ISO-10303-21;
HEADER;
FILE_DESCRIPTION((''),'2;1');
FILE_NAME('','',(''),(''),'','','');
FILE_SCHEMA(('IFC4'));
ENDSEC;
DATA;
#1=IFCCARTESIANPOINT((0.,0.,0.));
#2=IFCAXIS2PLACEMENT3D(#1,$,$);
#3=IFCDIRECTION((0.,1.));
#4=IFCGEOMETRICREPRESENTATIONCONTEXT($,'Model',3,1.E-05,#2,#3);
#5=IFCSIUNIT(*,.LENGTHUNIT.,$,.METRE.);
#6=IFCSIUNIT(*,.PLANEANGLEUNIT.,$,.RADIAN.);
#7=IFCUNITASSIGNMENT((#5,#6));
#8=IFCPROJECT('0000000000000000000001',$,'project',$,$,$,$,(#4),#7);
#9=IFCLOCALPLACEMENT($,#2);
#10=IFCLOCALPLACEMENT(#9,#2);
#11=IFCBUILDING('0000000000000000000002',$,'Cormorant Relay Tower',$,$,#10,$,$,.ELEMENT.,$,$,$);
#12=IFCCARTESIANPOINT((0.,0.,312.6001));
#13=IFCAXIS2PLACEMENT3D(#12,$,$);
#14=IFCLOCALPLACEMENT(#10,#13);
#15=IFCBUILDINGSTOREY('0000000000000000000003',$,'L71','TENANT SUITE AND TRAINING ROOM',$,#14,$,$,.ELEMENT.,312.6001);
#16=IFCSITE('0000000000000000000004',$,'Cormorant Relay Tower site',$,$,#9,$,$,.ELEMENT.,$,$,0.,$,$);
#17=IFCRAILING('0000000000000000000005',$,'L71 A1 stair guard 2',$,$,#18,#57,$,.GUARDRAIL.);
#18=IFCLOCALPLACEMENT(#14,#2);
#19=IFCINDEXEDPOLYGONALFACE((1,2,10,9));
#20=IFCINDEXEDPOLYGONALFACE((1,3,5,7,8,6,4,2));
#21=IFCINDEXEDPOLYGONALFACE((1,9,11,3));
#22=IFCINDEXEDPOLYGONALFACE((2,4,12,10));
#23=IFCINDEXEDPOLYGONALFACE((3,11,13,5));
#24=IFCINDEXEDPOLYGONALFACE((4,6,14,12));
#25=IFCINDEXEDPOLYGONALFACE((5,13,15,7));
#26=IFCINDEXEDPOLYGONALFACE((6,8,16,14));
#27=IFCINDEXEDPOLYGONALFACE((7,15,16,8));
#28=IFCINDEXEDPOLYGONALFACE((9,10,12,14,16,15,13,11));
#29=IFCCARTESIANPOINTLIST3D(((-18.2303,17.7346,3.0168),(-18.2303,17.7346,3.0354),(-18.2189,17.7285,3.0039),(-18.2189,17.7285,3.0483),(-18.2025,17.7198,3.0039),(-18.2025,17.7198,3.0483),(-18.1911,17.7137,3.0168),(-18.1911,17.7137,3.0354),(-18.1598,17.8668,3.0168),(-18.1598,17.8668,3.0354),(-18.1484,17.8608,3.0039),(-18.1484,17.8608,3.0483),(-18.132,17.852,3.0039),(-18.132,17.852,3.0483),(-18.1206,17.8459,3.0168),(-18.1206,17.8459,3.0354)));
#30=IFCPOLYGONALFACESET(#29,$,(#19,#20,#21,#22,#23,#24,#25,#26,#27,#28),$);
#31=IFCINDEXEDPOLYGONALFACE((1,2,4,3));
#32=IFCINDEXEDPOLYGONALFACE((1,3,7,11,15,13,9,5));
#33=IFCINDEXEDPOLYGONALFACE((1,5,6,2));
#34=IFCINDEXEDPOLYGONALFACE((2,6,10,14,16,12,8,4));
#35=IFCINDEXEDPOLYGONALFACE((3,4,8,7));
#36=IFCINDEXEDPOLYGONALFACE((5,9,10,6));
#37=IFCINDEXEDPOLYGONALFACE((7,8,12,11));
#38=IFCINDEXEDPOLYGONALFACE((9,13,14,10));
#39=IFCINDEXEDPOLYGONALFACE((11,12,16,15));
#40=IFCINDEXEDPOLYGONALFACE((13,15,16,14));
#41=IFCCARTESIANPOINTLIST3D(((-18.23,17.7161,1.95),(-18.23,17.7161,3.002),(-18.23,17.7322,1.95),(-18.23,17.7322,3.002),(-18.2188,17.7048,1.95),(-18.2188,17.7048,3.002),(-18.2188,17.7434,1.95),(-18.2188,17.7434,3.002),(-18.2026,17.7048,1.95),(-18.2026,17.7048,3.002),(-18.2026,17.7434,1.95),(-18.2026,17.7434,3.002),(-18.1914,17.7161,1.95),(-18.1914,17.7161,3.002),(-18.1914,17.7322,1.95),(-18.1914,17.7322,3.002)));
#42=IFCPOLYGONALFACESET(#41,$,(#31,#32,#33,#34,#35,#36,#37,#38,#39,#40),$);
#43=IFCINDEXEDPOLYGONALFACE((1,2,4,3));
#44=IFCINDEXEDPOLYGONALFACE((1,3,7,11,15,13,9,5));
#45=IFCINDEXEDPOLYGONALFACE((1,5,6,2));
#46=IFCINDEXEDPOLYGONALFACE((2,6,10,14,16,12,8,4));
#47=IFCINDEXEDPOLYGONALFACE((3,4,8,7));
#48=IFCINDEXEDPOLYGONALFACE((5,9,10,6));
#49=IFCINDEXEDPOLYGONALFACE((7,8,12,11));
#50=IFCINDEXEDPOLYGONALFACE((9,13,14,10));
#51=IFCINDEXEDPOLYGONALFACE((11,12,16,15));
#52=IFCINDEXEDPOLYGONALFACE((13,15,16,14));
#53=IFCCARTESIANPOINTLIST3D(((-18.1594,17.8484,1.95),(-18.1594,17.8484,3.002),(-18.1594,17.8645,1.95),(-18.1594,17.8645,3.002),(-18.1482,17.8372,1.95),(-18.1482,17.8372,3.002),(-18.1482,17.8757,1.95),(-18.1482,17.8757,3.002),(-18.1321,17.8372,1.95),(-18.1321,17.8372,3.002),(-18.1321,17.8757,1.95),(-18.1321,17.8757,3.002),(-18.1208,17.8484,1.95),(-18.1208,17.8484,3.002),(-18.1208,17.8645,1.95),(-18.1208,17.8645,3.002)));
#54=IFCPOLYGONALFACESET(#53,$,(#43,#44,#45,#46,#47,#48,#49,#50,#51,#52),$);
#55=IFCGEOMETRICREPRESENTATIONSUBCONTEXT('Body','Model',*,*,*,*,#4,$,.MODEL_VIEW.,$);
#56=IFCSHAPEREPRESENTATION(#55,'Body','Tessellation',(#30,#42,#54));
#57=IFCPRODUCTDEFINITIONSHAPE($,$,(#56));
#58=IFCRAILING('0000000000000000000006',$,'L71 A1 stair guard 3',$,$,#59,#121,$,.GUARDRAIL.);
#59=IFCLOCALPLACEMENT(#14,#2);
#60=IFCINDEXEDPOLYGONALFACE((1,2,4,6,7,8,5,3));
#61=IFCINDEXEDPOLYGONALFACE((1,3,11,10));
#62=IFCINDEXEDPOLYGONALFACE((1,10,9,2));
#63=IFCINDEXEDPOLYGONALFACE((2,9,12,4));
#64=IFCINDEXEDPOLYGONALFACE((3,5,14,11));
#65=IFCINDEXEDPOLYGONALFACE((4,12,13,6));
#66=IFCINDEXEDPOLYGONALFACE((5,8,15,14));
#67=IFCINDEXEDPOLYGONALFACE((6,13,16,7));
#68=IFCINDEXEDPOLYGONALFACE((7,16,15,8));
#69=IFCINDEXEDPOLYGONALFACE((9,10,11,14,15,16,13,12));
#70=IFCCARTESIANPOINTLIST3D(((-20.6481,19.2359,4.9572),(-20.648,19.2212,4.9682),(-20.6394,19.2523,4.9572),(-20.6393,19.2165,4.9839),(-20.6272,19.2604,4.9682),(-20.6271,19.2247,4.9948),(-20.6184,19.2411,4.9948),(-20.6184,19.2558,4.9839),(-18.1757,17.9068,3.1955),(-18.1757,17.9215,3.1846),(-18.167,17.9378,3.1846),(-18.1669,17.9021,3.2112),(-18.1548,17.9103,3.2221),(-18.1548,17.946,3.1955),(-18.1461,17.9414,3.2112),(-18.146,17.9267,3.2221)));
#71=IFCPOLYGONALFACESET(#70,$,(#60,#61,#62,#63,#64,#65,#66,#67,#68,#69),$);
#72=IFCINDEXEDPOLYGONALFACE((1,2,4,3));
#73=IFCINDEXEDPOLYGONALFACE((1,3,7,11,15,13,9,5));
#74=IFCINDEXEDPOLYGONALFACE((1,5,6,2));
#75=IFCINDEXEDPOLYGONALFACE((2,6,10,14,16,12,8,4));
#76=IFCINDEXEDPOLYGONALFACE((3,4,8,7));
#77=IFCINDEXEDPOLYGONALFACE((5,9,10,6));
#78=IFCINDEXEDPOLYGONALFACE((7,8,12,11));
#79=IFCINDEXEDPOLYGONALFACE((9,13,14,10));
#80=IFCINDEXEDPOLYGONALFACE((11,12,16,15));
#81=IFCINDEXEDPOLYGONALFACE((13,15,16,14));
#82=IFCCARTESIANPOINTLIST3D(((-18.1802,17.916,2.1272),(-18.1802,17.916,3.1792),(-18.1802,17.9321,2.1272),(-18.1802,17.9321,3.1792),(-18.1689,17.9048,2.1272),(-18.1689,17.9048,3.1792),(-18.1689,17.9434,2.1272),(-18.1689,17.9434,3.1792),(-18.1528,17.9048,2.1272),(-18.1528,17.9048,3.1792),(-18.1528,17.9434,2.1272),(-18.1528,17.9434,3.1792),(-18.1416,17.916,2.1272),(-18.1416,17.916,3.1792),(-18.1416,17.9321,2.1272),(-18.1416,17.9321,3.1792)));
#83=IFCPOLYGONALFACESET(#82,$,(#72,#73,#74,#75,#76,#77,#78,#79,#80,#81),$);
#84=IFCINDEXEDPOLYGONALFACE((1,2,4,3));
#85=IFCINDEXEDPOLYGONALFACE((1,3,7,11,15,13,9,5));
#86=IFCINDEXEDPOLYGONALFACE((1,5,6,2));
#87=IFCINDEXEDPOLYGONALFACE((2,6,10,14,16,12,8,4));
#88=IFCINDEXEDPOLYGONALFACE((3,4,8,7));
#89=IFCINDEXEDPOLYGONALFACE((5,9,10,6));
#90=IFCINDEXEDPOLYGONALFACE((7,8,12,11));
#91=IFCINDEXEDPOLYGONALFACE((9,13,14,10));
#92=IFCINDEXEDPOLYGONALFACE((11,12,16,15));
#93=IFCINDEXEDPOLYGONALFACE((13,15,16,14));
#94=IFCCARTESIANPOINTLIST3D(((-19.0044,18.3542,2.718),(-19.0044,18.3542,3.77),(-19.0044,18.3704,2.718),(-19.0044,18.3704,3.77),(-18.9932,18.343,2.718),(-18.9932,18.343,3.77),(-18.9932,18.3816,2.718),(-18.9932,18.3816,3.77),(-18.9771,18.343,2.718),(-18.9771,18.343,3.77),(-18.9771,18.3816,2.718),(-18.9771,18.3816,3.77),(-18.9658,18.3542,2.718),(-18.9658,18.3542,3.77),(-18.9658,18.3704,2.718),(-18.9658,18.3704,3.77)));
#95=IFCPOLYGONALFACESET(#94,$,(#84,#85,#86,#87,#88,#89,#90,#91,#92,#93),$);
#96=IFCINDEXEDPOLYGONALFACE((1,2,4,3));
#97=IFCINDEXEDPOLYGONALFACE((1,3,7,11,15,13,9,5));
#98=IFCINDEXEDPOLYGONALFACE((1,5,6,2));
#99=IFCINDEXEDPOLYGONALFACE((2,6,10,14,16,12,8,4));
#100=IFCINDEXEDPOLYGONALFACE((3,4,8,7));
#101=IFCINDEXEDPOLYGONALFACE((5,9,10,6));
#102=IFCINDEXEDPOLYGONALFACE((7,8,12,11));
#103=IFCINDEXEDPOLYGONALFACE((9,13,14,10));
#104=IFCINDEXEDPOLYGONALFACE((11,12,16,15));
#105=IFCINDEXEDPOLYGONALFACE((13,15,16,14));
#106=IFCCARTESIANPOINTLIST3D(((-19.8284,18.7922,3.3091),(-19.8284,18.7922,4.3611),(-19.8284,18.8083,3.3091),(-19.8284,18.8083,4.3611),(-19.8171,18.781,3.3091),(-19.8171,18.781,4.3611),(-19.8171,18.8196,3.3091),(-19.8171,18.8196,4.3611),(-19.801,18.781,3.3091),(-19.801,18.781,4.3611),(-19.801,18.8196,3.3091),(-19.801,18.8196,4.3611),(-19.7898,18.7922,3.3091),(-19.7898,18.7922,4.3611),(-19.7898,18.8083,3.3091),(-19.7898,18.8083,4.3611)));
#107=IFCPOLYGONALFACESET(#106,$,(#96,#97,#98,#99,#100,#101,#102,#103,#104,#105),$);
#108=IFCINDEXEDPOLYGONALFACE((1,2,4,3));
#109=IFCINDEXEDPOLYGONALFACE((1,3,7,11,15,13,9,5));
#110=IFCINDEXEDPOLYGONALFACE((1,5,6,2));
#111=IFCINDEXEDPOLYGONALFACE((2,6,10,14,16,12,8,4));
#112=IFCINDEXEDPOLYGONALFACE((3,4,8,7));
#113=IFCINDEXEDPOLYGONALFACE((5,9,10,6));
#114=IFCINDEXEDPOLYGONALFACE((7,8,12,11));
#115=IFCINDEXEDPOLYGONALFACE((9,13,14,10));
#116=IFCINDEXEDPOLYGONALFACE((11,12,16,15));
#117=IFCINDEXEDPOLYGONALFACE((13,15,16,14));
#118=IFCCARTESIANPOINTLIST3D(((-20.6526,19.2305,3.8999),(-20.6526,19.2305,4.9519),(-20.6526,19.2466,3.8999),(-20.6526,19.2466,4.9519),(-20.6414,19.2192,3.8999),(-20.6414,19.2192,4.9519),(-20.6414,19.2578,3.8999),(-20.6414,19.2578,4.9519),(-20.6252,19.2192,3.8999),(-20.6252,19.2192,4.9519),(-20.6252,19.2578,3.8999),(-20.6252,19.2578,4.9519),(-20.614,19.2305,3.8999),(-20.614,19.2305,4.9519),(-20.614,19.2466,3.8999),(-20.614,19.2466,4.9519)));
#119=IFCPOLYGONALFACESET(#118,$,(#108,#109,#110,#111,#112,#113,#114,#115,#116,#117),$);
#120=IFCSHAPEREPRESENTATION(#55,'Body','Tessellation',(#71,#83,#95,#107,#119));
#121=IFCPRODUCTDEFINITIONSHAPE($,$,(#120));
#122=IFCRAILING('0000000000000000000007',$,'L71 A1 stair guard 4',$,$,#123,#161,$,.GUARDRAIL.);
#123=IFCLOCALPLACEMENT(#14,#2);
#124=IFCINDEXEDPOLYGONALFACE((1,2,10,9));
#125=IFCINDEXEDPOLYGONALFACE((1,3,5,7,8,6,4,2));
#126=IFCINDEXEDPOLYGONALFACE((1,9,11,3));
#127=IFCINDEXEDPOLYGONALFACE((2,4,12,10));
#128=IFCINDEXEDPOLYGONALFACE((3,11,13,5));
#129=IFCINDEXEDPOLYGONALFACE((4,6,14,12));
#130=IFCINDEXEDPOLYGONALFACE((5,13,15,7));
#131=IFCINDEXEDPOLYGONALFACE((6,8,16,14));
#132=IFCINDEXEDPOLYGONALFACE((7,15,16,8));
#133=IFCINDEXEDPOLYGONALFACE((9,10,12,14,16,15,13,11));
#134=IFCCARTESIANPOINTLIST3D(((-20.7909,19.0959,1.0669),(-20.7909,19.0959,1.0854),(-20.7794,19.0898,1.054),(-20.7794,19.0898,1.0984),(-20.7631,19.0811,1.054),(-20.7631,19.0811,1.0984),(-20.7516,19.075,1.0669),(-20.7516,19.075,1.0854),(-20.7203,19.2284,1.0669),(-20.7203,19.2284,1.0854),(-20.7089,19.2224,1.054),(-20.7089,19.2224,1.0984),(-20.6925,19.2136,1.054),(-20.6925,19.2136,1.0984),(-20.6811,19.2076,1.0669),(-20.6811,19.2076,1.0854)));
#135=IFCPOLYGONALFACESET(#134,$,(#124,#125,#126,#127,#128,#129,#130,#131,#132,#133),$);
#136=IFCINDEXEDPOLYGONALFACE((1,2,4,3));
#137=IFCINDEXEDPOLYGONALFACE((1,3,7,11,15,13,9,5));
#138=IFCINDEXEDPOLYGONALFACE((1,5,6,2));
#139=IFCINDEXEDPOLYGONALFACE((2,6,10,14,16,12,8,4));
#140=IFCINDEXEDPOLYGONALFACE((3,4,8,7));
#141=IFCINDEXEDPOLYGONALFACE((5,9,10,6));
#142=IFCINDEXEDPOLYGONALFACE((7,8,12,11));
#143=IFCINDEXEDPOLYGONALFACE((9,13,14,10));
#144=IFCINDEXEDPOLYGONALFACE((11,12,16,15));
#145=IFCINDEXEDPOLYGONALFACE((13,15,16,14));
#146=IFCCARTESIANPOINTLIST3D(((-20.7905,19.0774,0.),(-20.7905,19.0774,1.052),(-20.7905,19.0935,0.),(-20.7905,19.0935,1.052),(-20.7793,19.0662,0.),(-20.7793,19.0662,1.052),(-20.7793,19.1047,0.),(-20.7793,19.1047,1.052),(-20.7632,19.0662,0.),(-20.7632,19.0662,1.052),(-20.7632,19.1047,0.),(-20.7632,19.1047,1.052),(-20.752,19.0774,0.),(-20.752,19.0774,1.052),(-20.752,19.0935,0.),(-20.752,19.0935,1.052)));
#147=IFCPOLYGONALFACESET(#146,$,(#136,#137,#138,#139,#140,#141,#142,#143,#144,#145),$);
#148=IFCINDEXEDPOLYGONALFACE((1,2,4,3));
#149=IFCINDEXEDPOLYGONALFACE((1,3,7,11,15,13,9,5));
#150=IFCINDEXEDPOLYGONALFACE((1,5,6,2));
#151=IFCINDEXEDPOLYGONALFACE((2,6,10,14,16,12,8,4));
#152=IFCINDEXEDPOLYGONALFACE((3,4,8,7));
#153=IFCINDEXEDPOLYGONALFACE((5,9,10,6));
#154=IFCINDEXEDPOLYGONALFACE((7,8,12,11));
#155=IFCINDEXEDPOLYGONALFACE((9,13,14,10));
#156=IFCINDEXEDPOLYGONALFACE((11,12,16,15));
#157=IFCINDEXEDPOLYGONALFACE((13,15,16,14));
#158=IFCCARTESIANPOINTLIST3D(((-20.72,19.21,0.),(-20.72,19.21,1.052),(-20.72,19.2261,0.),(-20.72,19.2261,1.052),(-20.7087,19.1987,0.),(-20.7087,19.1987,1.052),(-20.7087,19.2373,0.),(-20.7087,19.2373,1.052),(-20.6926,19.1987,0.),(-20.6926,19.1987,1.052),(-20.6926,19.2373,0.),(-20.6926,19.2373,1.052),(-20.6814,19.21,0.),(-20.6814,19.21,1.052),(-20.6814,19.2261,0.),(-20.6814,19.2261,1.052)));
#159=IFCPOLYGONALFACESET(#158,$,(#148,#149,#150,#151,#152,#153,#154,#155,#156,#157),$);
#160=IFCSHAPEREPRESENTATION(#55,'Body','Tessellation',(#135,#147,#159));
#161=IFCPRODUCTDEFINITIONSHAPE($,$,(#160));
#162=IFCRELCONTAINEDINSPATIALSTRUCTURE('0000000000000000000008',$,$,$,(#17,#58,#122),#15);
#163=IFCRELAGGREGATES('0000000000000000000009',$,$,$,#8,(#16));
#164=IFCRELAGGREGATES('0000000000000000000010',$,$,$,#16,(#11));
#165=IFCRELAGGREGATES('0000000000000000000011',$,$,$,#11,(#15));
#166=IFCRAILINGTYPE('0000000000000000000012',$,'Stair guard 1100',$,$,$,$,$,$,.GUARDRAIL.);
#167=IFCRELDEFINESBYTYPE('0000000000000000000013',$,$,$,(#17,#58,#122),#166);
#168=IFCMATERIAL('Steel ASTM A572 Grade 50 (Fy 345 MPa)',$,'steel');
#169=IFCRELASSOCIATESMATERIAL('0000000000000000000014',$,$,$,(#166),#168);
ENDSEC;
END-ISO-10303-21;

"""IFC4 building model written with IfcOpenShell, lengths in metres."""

from ifc_helpers import new_model, si_unit, direction, frame, origin, place, context, subcontext, project, spatial, polyline, outline, extrude, material, type_object, element, save


model = new_model("IFC4")

# Units and contexts
model_context = context("Model", 3, precision=1e-05, world=origin(), true_north=direction((0.0, 1.0)))
body_context = subcontext(model_context, "Body", "Model", "MODEL_VIEW")
ifc_project = project(units=[si_unit("LENGTHUNIT", "METRE"), si_unit("PLANEANGLEUNIT", "RADIAN")], contexts=[model_context])

# Site, building, storey
site_placement = place(None, origin())
site = spatial("IfcSite", under=ifc_project, at=site_placement, Name="Cormorant Relay Tower site", CompositionType="ELEMENT", RefElevation=0.0)
building_placement = place(site_placement, origin())
building = spatial("IfcBuilding", under=site, at=building_placement, Name="Cormorant Relay Tower", CompositionType="ELEMENT")
storey_placement = place(building_placement, frame((0.0, 0.0, 312.6001)))
storey = spatial("IfcBuildingStorey", under=building, at=storey_placement, Name="L71", Description="TENANT SUITE AND TRAINING ROOM", CompositionType="ELEMENT", Elevation=312.6001)

# Railings
ifc_material_1 = material(Name="Steel ASTM A572 Grade 50 (Fy 345 MPa)", Category="steel")
railing_type_1 = type_object("IfcRailingType", Name="Stair guard 1100", PredefinedType="GUARDRAIL", material=ifc_material_1)
railing_1_placement = place(storey_placement, frame((-18.2107, 17.7241, 1.95)))
element("IfcRailing", 1, at=railing_1_placement, inside=storey, type_object=railing_type_1, Name="L71 A1 stair guard 2", PredefinedType="GUARDRAIL", context=body_context, shape_type="SweptSolid", body=[
    extrude(outline(polyline([(0.0222, 0.0093), (0.0093, 0.0222), (-0.0093, 0.0222), (-0.0222, 0.0093), (-0.0222, -0.0093), (-0.0093, -0.0222), (0.0093, -0.0222), (0.0222, -0.0093), (0.0222, 0.0093)])), frame((0.0, 0.0, 1.0762), z_axis=(0.470504, 0.882398, 0.0), x_axis=(-0.882398, 0.470504, 0.0)), (0.0, 0.0, 1.0), 0.1499),
    extrude(outline(polyline([(0.0193, 0.0081), (0.0081, 0.0193), (-0.0081, 0.0193), (-0.0193, 0.0081), (-0.0193, -0.0081), (-0.0081, -0.0193), (0.0081, -0.0193), (0.0193, -0.0081), (0.0193, 0.0081)])), origin(), (0.0, 0.0, 1.0), 1.052),
    extrude(outline(polyline([(0.0193, 0.0081), (0.0081, 0.0193), (-0.0081, 0.0193), (-0.0193, 0.0081), (-0.0193, -0.0081), (-0.0081, -0.0193), (0.0081, -0.0193), (0.0193, -0.0081), (0.0193, 0.0081)])), frame((0.0706, 0.1323, 0.0)), (0.0, 0.0, 1.0), 1.052),
])
railing_2_placement = place(storey_placement, frame((-18.1609, 17.9241, 2.1272)))
element("IfcRailing", 2, at=railing_2_placement, inside=storey, type_object=railing_type_1, Name="L71 A1 stair guard 3", PredefinedType="GUARDRAIL", context=body_context, shape_type="SweptSolid", body=[
    extrude(outline(polyline([(0.0222, 0.0093), (0.0093, 0.0222), (-0.0093, 0.0222), (-0.0222, 0.0093), (-0.0222, -0.0093), (-0.0093, -0.0222), (0.0093, -0.0222), (0.0222, -0.0093), (0.0222, 0.0093)])), frame((0.0, 0.0, 1.0762), z_axis=(-0.746034, 0.396627, 0.534902), x_axis=(-0.469429, -0.88297, 0.0)), (0.0, 0.0, 1.0), 3.314),
    extrude(outline(polyline([(0.0193, 0.0081), (0.0081, 0.0193), (-0.0081, 0.0193), (-0.0193, 0.0081), (-0.0193, -0.0081), (-0.0081, -0.0193), (0.0081, -0.0193), (0.0193, -0.0081), (0.0193, 0.0081)])), origin(), (0.0, 0.0, 1.0), 1.052),
    extrude(outline(polyline([(0.0193, 0.0081), (0.0081, 0.0193), (-0.0081, 0.0193), (-0.0193, 0.0081), (-0.0193, -0.0081), (-0.0081, -0.0193), (0.0081, -0.0193), (0.0193, -0.0081), (0.0193, 0.0081)])), frame((-0.8242, 0.4382, 0.5908)), (0.0, 0.0, 1.0), 1.052),
    extrude(outline(polyline([(0.0193, 0.0081), (0.0081, 0.0193), (-0.0081, 0.0193), (-0.0193, 0.0081), (-0.0193, -0.0081), (-0.0081, -0.0193), (0.0081, -0.0193), (0.0193, -0.0081), (0.0193, 0.0081)])), frame((-1.6482, 0.8762, 1.1819)), (0.0, 0.0, 1.0), 1.052),
    extrude(outline(polyline([(0.0193, 0.0081), (0.0081, 0.0193), (-0.0081, 0.0193), (-0.0193, 0.0081), (-0.0193, -0.0081), (-0.0081, -0.0193), (0.0081, -0.0193), (0.0193, -0.0081), (0.0193, 0.0081)])), frame((-2.4724, 1.3145, 1.7727)), (0.0, 0.0, 1.0), 1.052),
])
railing_3_placement = place(storey_placement, frame((-20.7712, 19.0854, 0.0)))
element("IfcRailing", 3, at=railing_3_placement, inside=storey, type_object=railing_type_1, Name="L71 A1 stair guard 4", PredefinedType="GUARDRAIL", context=body_context, shape_type="SweptSolid", body=[
    extrude(outline(polyline([(0.0222, 0.0093), (0.0093, 0.0222), (-0.0093, 0.0222), (-0.0222, 0.0093), (-0.0222, -0.0093), (-0.0093, -0.0222), (0.0093, -0.0222), (0.0222, -0.0093), (0.0222, 0.0093)])), frame((0.0, 0.0, 1.0762), z_axis=(0.469829, 0.882758, 0.0), x_axis=(-0.882758, 0.469829, 0.0)), (0.0, 0.0, 1.0), 0.1501),
    extrude(outline(polyline([(0.0193, 0.0081), (0.0081, 0.0193), (-0.0081, 0.0193), (-0.0193, 0.0081), (-0.0193, -0.0081), (-0.0081, -0.0193), (0.0081, -0.0193), (0.0193, -0.0081), (0.0193, 0.0081)])), origin(), (0.0, 0.0, 1.0), 1.052),
    extrude(outline(polyline([(0.0193, 0.0081), (0.0081, 0.0193), (-0.0081, 0.0193), (-0.0193, 0.0081), (-0.0193, -0.0081), (-0.0081, -0.0193), (0.0081, -0.0193), (0.0193, -0.0081), (0.0193, 0.0081)])), frame((0.0706, 0.1326, 0.0)), (0.0, 0.0, 1.0), 1.052),
])

save(model, "model.ifc")
